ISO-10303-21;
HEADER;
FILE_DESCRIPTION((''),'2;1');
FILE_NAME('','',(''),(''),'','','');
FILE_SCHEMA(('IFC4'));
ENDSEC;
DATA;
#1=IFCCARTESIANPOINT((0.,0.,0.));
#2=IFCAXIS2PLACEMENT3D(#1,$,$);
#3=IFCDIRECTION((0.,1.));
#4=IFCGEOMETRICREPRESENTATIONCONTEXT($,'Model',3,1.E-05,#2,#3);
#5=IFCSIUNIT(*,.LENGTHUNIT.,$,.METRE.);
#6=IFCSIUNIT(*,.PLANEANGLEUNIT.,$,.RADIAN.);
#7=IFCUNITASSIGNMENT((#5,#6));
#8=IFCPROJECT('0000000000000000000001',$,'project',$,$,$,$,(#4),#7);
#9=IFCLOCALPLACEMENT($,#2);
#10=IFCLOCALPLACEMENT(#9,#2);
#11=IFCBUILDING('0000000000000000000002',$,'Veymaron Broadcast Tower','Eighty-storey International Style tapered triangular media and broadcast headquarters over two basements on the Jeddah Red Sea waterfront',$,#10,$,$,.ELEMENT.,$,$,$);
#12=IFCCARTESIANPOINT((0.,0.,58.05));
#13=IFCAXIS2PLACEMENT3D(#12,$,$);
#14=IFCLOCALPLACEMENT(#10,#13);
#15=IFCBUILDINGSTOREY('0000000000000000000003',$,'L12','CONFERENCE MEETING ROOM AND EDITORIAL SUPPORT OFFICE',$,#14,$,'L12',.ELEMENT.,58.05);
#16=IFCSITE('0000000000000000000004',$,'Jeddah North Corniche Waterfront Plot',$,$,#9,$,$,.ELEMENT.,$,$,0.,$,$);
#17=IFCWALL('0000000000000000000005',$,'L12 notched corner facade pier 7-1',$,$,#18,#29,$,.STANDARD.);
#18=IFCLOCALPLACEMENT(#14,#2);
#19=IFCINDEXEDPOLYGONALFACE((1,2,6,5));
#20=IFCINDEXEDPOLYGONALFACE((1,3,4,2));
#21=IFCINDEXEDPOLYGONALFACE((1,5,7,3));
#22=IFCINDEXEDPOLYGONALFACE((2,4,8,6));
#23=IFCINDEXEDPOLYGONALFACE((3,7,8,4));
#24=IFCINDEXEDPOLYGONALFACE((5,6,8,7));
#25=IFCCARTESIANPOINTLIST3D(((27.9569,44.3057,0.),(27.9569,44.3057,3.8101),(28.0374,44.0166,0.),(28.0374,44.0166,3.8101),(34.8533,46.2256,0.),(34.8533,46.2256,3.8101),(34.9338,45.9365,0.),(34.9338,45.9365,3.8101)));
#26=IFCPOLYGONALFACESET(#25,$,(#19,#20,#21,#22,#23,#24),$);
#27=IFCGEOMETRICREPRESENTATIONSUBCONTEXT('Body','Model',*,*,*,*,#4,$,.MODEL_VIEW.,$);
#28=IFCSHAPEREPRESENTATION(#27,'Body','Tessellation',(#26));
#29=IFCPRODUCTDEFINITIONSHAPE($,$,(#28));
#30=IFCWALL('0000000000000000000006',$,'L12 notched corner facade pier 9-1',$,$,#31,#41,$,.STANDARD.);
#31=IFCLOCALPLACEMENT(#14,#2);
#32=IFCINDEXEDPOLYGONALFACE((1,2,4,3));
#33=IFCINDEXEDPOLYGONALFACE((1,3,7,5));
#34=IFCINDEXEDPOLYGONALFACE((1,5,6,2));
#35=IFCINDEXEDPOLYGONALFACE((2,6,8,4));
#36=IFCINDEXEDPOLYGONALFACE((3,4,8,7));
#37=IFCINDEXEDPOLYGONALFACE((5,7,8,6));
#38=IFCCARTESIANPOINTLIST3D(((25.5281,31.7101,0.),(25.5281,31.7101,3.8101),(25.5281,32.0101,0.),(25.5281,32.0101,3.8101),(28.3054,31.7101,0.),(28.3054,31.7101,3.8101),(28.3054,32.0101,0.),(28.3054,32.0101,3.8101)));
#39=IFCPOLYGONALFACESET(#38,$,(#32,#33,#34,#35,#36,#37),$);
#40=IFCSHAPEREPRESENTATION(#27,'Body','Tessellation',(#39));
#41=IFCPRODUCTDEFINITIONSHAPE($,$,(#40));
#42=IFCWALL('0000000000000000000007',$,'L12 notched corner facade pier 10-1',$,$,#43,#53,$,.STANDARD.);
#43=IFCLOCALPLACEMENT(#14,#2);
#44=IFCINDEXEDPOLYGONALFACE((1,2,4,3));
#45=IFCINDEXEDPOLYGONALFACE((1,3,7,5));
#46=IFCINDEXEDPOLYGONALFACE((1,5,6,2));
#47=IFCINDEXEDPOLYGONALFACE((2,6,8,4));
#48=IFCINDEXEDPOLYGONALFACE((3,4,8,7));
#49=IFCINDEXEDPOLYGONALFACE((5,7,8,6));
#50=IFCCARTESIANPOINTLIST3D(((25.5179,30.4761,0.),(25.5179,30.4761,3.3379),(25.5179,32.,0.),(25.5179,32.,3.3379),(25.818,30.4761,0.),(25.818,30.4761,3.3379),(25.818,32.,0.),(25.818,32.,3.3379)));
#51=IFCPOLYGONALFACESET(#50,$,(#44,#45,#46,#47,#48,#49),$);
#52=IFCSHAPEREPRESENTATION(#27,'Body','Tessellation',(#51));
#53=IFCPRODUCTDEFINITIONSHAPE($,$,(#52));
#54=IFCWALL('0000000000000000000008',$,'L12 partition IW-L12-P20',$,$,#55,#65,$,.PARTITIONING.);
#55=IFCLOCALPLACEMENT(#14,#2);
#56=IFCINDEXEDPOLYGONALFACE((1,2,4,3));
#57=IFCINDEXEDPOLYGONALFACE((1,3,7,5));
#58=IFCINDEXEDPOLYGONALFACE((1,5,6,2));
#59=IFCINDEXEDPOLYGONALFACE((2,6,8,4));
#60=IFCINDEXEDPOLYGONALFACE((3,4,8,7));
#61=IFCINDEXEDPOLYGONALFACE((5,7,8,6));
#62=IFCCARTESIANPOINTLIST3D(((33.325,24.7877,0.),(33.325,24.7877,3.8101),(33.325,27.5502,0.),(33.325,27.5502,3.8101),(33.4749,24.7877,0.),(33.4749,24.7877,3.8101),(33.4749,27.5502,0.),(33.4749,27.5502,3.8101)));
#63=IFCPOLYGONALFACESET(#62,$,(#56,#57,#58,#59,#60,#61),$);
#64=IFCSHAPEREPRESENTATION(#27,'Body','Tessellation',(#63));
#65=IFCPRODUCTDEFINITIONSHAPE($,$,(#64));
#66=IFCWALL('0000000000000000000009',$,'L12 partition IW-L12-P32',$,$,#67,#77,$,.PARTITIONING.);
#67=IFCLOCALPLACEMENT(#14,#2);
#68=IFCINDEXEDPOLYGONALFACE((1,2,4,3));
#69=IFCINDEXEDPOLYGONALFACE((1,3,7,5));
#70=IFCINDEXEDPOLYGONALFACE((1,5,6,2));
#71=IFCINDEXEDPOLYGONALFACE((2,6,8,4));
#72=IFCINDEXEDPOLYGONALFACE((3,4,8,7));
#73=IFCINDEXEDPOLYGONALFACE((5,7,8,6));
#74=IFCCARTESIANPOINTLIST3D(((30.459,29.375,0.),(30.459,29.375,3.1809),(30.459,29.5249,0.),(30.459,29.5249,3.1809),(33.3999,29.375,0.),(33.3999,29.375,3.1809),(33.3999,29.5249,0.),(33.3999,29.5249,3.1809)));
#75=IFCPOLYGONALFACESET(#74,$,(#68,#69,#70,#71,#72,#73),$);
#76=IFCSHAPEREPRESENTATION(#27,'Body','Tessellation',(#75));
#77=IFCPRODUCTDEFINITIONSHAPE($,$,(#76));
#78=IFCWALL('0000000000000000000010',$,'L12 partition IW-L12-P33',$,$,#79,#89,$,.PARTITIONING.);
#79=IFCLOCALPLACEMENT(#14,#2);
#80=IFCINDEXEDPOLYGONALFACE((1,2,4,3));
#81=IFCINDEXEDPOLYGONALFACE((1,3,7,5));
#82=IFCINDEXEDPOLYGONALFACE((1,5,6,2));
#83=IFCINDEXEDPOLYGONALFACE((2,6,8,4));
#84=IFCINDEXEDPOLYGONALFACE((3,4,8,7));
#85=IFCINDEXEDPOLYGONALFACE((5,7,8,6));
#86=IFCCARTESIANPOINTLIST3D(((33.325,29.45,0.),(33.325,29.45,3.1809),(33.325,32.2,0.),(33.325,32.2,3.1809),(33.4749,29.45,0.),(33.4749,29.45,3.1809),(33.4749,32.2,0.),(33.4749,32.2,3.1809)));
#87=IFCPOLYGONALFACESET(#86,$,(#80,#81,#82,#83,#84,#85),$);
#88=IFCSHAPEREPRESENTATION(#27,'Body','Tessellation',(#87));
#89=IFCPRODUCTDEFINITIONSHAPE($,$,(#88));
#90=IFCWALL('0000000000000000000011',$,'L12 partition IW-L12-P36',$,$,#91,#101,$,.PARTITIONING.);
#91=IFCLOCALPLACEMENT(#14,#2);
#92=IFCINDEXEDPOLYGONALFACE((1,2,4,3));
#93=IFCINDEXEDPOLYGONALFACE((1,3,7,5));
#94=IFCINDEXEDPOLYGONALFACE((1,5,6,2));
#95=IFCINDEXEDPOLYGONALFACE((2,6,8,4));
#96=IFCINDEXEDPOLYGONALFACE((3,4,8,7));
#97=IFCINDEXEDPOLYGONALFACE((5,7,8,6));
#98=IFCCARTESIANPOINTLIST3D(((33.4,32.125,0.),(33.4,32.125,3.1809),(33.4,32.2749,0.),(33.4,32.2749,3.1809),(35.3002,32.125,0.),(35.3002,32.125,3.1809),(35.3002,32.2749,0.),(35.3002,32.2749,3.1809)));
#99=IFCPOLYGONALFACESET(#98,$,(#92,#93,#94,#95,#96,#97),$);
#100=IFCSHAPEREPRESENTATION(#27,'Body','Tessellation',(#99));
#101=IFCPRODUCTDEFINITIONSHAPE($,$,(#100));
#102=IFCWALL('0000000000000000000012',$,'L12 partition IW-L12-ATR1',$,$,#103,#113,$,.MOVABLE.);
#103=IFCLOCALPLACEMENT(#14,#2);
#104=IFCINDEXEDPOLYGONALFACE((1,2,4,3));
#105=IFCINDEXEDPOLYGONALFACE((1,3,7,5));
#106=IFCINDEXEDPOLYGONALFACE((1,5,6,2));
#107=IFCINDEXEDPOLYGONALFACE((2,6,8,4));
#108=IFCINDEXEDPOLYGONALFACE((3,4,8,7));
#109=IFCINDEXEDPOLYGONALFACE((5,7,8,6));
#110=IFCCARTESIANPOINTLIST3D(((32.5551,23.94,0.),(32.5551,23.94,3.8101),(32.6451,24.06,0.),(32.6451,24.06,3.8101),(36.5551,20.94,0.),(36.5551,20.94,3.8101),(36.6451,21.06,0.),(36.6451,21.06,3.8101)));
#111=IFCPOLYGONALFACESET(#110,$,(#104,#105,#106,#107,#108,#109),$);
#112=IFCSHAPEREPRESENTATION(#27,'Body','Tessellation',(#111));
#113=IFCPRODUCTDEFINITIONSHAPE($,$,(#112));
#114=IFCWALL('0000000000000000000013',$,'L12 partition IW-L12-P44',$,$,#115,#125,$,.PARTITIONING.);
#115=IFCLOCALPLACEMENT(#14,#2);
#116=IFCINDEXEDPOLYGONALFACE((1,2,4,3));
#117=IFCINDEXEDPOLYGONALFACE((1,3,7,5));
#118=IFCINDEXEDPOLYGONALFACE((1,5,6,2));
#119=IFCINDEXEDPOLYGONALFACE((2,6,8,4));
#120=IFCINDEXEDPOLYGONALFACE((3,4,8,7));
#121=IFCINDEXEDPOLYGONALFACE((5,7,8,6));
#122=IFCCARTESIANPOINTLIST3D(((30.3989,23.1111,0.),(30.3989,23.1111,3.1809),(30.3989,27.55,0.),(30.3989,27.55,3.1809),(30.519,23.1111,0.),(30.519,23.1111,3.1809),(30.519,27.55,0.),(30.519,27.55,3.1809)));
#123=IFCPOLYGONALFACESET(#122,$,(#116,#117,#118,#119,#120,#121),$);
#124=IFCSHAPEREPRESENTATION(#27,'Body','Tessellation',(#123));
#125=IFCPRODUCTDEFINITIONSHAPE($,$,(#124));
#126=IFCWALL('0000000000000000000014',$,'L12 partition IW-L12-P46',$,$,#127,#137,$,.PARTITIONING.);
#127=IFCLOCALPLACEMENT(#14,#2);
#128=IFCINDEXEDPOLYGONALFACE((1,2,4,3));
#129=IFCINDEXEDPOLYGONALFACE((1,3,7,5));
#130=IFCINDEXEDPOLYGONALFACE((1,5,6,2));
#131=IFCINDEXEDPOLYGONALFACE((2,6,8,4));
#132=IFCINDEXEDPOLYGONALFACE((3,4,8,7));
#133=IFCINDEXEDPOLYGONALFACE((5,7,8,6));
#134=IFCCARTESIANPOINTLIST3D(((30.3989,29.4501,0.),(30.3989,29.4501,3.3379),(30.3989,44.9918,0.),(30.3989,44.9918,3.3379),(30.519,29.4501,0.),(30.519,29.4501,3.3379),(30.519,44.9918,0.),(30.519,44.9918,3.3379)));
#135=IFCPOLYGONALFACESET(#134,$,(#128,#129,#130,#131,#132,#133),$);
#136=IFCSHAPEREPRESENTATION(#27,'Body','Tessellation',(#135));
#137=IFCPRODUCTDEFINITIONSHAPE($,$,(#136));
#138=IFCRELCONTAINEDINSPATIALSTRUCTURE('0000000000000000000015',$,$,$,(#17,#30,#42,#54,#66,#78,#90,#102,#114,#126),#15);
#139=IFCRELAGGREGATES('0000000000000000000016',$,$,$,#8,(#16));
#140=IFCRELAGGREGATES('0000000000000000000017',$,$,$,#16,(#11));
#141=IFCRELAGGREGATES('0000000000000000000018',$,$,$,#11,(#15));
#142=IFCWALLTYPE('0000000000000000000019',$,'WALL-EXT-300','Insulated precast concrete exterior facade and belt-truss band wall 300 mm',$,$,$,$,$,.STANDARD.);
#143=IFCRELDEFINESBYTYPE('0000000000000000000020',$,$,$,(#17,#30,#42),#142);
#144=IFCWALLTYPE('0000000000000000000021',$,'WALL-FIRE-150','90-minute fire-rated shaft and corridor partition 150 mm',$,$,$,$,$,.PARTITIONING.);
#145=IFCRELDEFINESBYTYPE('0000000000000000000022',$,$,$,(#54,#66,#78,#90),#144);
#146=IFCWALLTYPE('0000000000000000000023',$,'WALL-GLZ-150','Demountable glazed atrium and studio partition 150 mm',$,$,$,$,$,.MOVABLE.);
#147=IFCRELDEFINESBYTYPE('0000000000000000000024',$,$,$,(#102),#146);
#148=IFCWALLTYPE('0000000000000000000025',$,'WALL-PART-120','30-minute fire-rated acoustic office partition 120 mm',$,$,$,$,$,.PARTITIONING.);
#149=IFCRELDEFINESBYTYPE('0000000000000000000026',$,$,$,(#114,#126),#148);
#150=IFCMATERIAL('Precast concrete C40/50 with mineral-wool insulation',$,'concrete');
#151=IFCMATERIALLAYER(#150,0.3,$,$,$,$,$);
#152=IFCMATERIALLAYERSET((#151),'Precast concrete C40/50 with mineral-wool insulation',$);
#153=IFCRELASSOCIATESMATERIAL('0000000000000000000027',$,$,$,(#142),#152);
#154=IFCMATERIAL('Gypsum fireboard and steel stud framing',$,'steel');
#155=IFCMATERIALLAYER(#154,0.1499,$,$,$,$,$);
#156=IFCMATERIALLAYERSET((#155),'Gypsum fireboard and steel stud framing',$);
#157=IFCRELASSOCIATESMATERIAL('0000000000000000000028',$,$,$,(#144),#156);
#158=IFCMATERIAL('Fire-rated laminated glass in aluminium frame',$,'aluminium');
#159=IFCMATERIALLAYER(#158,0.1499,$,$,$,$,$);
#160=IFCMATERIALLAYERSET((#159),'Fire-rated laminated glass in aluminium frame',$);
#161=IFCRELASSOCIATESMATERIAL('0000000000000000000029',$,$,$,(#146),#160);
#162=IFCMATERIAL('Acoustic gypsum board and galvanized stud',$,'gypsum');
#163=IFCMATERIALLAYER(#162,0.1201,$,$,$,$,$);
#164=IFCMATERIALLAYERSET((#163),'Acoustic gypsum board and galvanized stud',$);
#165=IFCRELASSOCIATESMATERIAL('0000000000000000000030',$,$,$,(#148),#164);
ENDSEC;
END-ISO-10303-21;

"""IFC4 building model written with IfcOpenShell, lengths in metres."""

from ifc_helpers import new_model, si_unit, direction, frame, frame_2d, origin, place, context, subcontext, project, spatial, rectangle, extrude, material, layer, layer_set, type_object, element, save


model = new_model("IFC4")

# Units and contexts
model_context = context("Model", 3, precision=1e-05, world=origin(), true_north=direction((0.0, 1.0)))
body_context = subcontext(model_context, "Body", "Model", "MODEL_VIEW")
ifc_project = project(units=[si_unit("LENGTHUNIT", "METRE"), si_unit("PLANEANGLEUNIT", "RADIAN")], contexts=[model_context])

# Site, building, storey
site_placement = place(None, origin())
site = spatial("IfcSite", under=ifc_project, at=site_placement, Name="Jeddah North Corniche Waterfront Plot", CompositionType="ELEMENT", RefElevation=0.0)
building_placement = place(site_placement, origin())
building = spatial("IfcBuilding", under=site, at=building_placement, Name="Veymaron Broadcast Tower", Description="Eighty-storey International Style tapered triangular media and broadcast headquarters over two basements on the Jeddah Red Sea waterfront", CompositionType="ELEMENT")
storey_placement = place(building_placement, frame((0.0, 0.0, 58.05)))
storey = spatial("IfcBuildingStorey", under=building, at=storey_placement, Name="L12", Description="CONFERENCE MEETING ROOM AND EDITORIAL SUPPORT OFFICE", LongName="L12", CompositionType="ELEMENT", Elevation=58.05)

# Walls
ifc_material_1 = material(Name="Precast concrete C40/50 with mineral-wool insulation", Category="concrete")
ifc_layer_1 = layer(ifc_material_1, 0.3)
ifc_layer_set_1 = layer_set([ifc_layer_1], Name="Precast concrete C40/50 with mineral-wool insulation")
wall_type_1 = type_object("IfcWallType", Name="WALL-EXT-300", Description="Insulated precast concrete exterior facade and belt-truss band wall 300 mm", PredefinedType="STANDARD", material=ifc_layer_set_1)
wall_1_placement = place(storey_placement, frame((34.8936, 46.0811, 0.0), z_axis=(0.0, 0.0, 1.0), x_axis=(-0.963365, -0.268193, 0.0)))
element("IfcWall", 1, at=wall_1_placement, inside=storey, type_object=wall_type_1, Name="L12 notched corner facade pier 7-1", PredefinedType="STANDARD", context=body_context, shape_type="SweptSolid", body=[
    extrude(rectangle(XDim=7.1587, YDim=0.3, at=frame_2d((3.5793, 0.0))), origin(), (0.0, 0.0, 1.0), 3.8101),
])
wall_2_placement = place(storey_placement, frame((28.3054, 31.8601, 0.0), z_axis=(0.0, 0.0, 1.0), x_axis=(-1.0, 0.0, 0.0)))
element("IfcWall", 2, at=wall_2_placement, inside=storey, type_object=wall_type_1, Name="L12 notched corner facade pier 9-1", PredefinedType="STANDARD", context=body_context, shape_type="SweptSolid", body=[
    extrude(rectangle(XDim=2.7773, YDim=0.3, at=frame_2d((1.3887, 0.0))), origin(), (0.0, 0.0, 1.0), 3.8101),
])
wall_3_placement = place(storey_placement, frame((25.668, 32.0, 0.0), z_axis=(0.0, 0.0, 1.0), x_axis=(0.0, -1.0, 0.0)))
element("IfcWall", 3, at=wall_3_placement, inside=storey, type_object=wall_type_1, Name="L12 notched corner facade pier 10-1", PredefinedType="STANDARD", context=body_context, shape_type="SweptSolid", body=[
    extrude(rectangle(XDim=1.5239, YDim=0.3, at=frame_2d((0.762, 0.0))), origin(), (0.0, 0.0, 1.0), 3.3379),
])

# Shared definitions
ifc_material_2 = material(Name="Gypsum fireboard and steel stud framing", Category="steel")
ifc_layer_2 = layer(ifc_material_2, 0.1499)
ifc_layer_set_2 = layer_set([ifc_layer_2], Name="Gypsum fireboard and steel stud framing")
wall_type_2 = type_object("IfcWallType", Name="WALL-FIRE-150", Description="90-minute fire-rated shaft and corridor partition 150 mm", PredefinedType="PARTITIONING", material=ifc_layer_set_2)

# Walls
wall_4_placement = place(storey_placement, frame((33.3999, 24.7876, 0.0), z_axis=(0.0, 0.0, 1.0), x_axis=(0.0, 1.0, 0.0)))
element("IfcWall", 4, at=wall_4_placement, inside=storey, type_object=wall_type_2, Name="L12 partition IW-L12-P20", PredefinedType="PARTITIONING", context=body_context, shape_type="SweptSolid", body=[
    extrude(rectangle(XDim=2.7625, YDim=0.1499, at=frame_2d((1.3813, 0.0))), origin(), (0.0, 0.0, 1.0), 3.8101),
])
wall_5_placement = place(storey_placement, frame((30.459, 29.45, 0.0), z_axis=(0.0, 0.0, 1.0), x_axis=(1.0, 0.0, 0.0)))
element("IfcWall", 5, at=wall_5_placement, inside=storey, type_object=wall_type_2, Name="L12 partition IW-L12-P32", PredefinedType="PARTITIONING", context=body_context, shape_type="SweptSolid", body=[
    extrude(rectangle(XDim=2.9409, YDim=0.1499, at=frame_2d((1.4705, 0.0))), origin(), (0.0, 0.0, 1.0), 3.1809),
])
wall_6_placement = place(storey_placement, frame((33.3999, 29.45, 0.0), z_axis=(0.0, 0.0, 1.0), x_axis=(0.0, 1.0, 0.0)))
element("IfcWall", 6, at=wall_6_placement, inside=storey, type_object=wall_type_2, Name="L12 partition IW-L12-P33", PredefinedType="PARTITIONING", context=body_context, shape_type="SweptSolid", body=[
    extrude(rectangle(XDim=2.75, YDim=0.1499, at=frame_2d((1.375, 0.0))), origin(), (0.0, 0.0, 1.0), 3.1809),
])
wall_7_placement = place(storey_placement, frame((33.3999, 32.2, 0.0), z_axis=(0.0, 0.0, 1.0), x_axis=(1.0, 0.0, 0.0)))
element("IfcWall", 7, at=wall_7_placement, inside=storey, type_object=wall_type_2, Name="L12 partition IW-L12-P36", PredefinedType="PARTITIONING", context=body_context, shape_type="SweptSolid", body=[
    extrude(rectangle(XDim=1.9001, YDim=0.1499, at=frame_2d((0.9502, 0.0))), origin(), (0.0, 0.0, 1.0), 3.1809),
])
ifc_material_3 = material(Name="Fire-rated laminated glass in aluminium frame", Category="aluminium")
ifc_layer_3 = layer(ifc_material_3, 0.1499)
ifc_layer_set_3 = layer_set([ifc_layer_3], Name="Fire-rated laminated glass in aluminium frame")
wall_type_3 = type_object("IfcWallType", Name="WALL-GLZ-150", Description="Demountable glazed atrium and studio partition 150 mm", PredefinedType="MOVABLE", material=ifc_layer_set_3)
wall_8_placement = place(storey_placement, frame((32.6001, 24.0, 0.0), z_axis=(0.0, 0.0, 1.0), x_axis=(0.8, -0.6, 0.0)))
element("IfcWall", 8, at=wall_8_placement, inside=storey, type_object=wall_type_3, Name="L12 partition IW-L12-ATR1", PredefinedType="MOVABLE", context=body_context, shape_type="SweptSolid", body=[
    extrude(rectangle(XDim=5.0, YDim=0.1499, at=frame_2d((2.5, 0.0))), origin(), (0.0, 0.0, 1.0), 3.8101),
])
ifc_material_4 = material(Name="Acoustic gypsum board and galvanized stud", Category="gypsum")
ifc_layer_4 = layer(ifc_material_4, 0.1201)
ifc_layer_set_4 = layer_set([ifc_layer_4], Name="Acoustic gypsum board and galvanized stud")
wall_type_4 = type_object("IfcWallType", Name="WALL-PART-120", Description="30-minute fire-rated acoustic office partition 120 mm", PredefinedType="PARTITIONING", material=ifc_layer_set_4)
wall_9_placement = place(storey_placement, frame((30.459, 23.1111, 0.0), z_axis=(0.0, 0.0, 1.0), x_axis=(0.0, 1.0, 0.0)))
element("IfcWall", 9, at=wall_9_placement, inside=storey, type_object=wall_type_4, Name="L12 partition IW-L12-P44", PredefinedType="PARTITIONING", context=body_context, shape_type="SweptSolid", body=[
    extrude(rectangle(XDim=4.439, YDim=0.1201, at=frame_2d((2.2195, 0.0))), origin(), (0.0, 0.0, 1.0), 3.1809),
])
wall_10_placement = place(storey_placement, frame((30.459, 29.45, 0.0), z_axis=(0.0, 0.0, 1.0), x_axis=(0.0, 1.0, 0.0)))
element("IfcWall", 10, at=wall_10_placement, inside=storey, type_object=wall_type_4, Name="L12 partition IW-L12-P46", PredefinedType="PARTITIONING", context=body_context, shape_type="SweptSolid", body=[
    extrude(rectangle(XDim=15.5417, YDim=0.1201, at=frame_2d((7.771, 0.0))), origin(), (0.0, 0.0, 1.0), 3.3379),
])

save(model, "model.ifc")
